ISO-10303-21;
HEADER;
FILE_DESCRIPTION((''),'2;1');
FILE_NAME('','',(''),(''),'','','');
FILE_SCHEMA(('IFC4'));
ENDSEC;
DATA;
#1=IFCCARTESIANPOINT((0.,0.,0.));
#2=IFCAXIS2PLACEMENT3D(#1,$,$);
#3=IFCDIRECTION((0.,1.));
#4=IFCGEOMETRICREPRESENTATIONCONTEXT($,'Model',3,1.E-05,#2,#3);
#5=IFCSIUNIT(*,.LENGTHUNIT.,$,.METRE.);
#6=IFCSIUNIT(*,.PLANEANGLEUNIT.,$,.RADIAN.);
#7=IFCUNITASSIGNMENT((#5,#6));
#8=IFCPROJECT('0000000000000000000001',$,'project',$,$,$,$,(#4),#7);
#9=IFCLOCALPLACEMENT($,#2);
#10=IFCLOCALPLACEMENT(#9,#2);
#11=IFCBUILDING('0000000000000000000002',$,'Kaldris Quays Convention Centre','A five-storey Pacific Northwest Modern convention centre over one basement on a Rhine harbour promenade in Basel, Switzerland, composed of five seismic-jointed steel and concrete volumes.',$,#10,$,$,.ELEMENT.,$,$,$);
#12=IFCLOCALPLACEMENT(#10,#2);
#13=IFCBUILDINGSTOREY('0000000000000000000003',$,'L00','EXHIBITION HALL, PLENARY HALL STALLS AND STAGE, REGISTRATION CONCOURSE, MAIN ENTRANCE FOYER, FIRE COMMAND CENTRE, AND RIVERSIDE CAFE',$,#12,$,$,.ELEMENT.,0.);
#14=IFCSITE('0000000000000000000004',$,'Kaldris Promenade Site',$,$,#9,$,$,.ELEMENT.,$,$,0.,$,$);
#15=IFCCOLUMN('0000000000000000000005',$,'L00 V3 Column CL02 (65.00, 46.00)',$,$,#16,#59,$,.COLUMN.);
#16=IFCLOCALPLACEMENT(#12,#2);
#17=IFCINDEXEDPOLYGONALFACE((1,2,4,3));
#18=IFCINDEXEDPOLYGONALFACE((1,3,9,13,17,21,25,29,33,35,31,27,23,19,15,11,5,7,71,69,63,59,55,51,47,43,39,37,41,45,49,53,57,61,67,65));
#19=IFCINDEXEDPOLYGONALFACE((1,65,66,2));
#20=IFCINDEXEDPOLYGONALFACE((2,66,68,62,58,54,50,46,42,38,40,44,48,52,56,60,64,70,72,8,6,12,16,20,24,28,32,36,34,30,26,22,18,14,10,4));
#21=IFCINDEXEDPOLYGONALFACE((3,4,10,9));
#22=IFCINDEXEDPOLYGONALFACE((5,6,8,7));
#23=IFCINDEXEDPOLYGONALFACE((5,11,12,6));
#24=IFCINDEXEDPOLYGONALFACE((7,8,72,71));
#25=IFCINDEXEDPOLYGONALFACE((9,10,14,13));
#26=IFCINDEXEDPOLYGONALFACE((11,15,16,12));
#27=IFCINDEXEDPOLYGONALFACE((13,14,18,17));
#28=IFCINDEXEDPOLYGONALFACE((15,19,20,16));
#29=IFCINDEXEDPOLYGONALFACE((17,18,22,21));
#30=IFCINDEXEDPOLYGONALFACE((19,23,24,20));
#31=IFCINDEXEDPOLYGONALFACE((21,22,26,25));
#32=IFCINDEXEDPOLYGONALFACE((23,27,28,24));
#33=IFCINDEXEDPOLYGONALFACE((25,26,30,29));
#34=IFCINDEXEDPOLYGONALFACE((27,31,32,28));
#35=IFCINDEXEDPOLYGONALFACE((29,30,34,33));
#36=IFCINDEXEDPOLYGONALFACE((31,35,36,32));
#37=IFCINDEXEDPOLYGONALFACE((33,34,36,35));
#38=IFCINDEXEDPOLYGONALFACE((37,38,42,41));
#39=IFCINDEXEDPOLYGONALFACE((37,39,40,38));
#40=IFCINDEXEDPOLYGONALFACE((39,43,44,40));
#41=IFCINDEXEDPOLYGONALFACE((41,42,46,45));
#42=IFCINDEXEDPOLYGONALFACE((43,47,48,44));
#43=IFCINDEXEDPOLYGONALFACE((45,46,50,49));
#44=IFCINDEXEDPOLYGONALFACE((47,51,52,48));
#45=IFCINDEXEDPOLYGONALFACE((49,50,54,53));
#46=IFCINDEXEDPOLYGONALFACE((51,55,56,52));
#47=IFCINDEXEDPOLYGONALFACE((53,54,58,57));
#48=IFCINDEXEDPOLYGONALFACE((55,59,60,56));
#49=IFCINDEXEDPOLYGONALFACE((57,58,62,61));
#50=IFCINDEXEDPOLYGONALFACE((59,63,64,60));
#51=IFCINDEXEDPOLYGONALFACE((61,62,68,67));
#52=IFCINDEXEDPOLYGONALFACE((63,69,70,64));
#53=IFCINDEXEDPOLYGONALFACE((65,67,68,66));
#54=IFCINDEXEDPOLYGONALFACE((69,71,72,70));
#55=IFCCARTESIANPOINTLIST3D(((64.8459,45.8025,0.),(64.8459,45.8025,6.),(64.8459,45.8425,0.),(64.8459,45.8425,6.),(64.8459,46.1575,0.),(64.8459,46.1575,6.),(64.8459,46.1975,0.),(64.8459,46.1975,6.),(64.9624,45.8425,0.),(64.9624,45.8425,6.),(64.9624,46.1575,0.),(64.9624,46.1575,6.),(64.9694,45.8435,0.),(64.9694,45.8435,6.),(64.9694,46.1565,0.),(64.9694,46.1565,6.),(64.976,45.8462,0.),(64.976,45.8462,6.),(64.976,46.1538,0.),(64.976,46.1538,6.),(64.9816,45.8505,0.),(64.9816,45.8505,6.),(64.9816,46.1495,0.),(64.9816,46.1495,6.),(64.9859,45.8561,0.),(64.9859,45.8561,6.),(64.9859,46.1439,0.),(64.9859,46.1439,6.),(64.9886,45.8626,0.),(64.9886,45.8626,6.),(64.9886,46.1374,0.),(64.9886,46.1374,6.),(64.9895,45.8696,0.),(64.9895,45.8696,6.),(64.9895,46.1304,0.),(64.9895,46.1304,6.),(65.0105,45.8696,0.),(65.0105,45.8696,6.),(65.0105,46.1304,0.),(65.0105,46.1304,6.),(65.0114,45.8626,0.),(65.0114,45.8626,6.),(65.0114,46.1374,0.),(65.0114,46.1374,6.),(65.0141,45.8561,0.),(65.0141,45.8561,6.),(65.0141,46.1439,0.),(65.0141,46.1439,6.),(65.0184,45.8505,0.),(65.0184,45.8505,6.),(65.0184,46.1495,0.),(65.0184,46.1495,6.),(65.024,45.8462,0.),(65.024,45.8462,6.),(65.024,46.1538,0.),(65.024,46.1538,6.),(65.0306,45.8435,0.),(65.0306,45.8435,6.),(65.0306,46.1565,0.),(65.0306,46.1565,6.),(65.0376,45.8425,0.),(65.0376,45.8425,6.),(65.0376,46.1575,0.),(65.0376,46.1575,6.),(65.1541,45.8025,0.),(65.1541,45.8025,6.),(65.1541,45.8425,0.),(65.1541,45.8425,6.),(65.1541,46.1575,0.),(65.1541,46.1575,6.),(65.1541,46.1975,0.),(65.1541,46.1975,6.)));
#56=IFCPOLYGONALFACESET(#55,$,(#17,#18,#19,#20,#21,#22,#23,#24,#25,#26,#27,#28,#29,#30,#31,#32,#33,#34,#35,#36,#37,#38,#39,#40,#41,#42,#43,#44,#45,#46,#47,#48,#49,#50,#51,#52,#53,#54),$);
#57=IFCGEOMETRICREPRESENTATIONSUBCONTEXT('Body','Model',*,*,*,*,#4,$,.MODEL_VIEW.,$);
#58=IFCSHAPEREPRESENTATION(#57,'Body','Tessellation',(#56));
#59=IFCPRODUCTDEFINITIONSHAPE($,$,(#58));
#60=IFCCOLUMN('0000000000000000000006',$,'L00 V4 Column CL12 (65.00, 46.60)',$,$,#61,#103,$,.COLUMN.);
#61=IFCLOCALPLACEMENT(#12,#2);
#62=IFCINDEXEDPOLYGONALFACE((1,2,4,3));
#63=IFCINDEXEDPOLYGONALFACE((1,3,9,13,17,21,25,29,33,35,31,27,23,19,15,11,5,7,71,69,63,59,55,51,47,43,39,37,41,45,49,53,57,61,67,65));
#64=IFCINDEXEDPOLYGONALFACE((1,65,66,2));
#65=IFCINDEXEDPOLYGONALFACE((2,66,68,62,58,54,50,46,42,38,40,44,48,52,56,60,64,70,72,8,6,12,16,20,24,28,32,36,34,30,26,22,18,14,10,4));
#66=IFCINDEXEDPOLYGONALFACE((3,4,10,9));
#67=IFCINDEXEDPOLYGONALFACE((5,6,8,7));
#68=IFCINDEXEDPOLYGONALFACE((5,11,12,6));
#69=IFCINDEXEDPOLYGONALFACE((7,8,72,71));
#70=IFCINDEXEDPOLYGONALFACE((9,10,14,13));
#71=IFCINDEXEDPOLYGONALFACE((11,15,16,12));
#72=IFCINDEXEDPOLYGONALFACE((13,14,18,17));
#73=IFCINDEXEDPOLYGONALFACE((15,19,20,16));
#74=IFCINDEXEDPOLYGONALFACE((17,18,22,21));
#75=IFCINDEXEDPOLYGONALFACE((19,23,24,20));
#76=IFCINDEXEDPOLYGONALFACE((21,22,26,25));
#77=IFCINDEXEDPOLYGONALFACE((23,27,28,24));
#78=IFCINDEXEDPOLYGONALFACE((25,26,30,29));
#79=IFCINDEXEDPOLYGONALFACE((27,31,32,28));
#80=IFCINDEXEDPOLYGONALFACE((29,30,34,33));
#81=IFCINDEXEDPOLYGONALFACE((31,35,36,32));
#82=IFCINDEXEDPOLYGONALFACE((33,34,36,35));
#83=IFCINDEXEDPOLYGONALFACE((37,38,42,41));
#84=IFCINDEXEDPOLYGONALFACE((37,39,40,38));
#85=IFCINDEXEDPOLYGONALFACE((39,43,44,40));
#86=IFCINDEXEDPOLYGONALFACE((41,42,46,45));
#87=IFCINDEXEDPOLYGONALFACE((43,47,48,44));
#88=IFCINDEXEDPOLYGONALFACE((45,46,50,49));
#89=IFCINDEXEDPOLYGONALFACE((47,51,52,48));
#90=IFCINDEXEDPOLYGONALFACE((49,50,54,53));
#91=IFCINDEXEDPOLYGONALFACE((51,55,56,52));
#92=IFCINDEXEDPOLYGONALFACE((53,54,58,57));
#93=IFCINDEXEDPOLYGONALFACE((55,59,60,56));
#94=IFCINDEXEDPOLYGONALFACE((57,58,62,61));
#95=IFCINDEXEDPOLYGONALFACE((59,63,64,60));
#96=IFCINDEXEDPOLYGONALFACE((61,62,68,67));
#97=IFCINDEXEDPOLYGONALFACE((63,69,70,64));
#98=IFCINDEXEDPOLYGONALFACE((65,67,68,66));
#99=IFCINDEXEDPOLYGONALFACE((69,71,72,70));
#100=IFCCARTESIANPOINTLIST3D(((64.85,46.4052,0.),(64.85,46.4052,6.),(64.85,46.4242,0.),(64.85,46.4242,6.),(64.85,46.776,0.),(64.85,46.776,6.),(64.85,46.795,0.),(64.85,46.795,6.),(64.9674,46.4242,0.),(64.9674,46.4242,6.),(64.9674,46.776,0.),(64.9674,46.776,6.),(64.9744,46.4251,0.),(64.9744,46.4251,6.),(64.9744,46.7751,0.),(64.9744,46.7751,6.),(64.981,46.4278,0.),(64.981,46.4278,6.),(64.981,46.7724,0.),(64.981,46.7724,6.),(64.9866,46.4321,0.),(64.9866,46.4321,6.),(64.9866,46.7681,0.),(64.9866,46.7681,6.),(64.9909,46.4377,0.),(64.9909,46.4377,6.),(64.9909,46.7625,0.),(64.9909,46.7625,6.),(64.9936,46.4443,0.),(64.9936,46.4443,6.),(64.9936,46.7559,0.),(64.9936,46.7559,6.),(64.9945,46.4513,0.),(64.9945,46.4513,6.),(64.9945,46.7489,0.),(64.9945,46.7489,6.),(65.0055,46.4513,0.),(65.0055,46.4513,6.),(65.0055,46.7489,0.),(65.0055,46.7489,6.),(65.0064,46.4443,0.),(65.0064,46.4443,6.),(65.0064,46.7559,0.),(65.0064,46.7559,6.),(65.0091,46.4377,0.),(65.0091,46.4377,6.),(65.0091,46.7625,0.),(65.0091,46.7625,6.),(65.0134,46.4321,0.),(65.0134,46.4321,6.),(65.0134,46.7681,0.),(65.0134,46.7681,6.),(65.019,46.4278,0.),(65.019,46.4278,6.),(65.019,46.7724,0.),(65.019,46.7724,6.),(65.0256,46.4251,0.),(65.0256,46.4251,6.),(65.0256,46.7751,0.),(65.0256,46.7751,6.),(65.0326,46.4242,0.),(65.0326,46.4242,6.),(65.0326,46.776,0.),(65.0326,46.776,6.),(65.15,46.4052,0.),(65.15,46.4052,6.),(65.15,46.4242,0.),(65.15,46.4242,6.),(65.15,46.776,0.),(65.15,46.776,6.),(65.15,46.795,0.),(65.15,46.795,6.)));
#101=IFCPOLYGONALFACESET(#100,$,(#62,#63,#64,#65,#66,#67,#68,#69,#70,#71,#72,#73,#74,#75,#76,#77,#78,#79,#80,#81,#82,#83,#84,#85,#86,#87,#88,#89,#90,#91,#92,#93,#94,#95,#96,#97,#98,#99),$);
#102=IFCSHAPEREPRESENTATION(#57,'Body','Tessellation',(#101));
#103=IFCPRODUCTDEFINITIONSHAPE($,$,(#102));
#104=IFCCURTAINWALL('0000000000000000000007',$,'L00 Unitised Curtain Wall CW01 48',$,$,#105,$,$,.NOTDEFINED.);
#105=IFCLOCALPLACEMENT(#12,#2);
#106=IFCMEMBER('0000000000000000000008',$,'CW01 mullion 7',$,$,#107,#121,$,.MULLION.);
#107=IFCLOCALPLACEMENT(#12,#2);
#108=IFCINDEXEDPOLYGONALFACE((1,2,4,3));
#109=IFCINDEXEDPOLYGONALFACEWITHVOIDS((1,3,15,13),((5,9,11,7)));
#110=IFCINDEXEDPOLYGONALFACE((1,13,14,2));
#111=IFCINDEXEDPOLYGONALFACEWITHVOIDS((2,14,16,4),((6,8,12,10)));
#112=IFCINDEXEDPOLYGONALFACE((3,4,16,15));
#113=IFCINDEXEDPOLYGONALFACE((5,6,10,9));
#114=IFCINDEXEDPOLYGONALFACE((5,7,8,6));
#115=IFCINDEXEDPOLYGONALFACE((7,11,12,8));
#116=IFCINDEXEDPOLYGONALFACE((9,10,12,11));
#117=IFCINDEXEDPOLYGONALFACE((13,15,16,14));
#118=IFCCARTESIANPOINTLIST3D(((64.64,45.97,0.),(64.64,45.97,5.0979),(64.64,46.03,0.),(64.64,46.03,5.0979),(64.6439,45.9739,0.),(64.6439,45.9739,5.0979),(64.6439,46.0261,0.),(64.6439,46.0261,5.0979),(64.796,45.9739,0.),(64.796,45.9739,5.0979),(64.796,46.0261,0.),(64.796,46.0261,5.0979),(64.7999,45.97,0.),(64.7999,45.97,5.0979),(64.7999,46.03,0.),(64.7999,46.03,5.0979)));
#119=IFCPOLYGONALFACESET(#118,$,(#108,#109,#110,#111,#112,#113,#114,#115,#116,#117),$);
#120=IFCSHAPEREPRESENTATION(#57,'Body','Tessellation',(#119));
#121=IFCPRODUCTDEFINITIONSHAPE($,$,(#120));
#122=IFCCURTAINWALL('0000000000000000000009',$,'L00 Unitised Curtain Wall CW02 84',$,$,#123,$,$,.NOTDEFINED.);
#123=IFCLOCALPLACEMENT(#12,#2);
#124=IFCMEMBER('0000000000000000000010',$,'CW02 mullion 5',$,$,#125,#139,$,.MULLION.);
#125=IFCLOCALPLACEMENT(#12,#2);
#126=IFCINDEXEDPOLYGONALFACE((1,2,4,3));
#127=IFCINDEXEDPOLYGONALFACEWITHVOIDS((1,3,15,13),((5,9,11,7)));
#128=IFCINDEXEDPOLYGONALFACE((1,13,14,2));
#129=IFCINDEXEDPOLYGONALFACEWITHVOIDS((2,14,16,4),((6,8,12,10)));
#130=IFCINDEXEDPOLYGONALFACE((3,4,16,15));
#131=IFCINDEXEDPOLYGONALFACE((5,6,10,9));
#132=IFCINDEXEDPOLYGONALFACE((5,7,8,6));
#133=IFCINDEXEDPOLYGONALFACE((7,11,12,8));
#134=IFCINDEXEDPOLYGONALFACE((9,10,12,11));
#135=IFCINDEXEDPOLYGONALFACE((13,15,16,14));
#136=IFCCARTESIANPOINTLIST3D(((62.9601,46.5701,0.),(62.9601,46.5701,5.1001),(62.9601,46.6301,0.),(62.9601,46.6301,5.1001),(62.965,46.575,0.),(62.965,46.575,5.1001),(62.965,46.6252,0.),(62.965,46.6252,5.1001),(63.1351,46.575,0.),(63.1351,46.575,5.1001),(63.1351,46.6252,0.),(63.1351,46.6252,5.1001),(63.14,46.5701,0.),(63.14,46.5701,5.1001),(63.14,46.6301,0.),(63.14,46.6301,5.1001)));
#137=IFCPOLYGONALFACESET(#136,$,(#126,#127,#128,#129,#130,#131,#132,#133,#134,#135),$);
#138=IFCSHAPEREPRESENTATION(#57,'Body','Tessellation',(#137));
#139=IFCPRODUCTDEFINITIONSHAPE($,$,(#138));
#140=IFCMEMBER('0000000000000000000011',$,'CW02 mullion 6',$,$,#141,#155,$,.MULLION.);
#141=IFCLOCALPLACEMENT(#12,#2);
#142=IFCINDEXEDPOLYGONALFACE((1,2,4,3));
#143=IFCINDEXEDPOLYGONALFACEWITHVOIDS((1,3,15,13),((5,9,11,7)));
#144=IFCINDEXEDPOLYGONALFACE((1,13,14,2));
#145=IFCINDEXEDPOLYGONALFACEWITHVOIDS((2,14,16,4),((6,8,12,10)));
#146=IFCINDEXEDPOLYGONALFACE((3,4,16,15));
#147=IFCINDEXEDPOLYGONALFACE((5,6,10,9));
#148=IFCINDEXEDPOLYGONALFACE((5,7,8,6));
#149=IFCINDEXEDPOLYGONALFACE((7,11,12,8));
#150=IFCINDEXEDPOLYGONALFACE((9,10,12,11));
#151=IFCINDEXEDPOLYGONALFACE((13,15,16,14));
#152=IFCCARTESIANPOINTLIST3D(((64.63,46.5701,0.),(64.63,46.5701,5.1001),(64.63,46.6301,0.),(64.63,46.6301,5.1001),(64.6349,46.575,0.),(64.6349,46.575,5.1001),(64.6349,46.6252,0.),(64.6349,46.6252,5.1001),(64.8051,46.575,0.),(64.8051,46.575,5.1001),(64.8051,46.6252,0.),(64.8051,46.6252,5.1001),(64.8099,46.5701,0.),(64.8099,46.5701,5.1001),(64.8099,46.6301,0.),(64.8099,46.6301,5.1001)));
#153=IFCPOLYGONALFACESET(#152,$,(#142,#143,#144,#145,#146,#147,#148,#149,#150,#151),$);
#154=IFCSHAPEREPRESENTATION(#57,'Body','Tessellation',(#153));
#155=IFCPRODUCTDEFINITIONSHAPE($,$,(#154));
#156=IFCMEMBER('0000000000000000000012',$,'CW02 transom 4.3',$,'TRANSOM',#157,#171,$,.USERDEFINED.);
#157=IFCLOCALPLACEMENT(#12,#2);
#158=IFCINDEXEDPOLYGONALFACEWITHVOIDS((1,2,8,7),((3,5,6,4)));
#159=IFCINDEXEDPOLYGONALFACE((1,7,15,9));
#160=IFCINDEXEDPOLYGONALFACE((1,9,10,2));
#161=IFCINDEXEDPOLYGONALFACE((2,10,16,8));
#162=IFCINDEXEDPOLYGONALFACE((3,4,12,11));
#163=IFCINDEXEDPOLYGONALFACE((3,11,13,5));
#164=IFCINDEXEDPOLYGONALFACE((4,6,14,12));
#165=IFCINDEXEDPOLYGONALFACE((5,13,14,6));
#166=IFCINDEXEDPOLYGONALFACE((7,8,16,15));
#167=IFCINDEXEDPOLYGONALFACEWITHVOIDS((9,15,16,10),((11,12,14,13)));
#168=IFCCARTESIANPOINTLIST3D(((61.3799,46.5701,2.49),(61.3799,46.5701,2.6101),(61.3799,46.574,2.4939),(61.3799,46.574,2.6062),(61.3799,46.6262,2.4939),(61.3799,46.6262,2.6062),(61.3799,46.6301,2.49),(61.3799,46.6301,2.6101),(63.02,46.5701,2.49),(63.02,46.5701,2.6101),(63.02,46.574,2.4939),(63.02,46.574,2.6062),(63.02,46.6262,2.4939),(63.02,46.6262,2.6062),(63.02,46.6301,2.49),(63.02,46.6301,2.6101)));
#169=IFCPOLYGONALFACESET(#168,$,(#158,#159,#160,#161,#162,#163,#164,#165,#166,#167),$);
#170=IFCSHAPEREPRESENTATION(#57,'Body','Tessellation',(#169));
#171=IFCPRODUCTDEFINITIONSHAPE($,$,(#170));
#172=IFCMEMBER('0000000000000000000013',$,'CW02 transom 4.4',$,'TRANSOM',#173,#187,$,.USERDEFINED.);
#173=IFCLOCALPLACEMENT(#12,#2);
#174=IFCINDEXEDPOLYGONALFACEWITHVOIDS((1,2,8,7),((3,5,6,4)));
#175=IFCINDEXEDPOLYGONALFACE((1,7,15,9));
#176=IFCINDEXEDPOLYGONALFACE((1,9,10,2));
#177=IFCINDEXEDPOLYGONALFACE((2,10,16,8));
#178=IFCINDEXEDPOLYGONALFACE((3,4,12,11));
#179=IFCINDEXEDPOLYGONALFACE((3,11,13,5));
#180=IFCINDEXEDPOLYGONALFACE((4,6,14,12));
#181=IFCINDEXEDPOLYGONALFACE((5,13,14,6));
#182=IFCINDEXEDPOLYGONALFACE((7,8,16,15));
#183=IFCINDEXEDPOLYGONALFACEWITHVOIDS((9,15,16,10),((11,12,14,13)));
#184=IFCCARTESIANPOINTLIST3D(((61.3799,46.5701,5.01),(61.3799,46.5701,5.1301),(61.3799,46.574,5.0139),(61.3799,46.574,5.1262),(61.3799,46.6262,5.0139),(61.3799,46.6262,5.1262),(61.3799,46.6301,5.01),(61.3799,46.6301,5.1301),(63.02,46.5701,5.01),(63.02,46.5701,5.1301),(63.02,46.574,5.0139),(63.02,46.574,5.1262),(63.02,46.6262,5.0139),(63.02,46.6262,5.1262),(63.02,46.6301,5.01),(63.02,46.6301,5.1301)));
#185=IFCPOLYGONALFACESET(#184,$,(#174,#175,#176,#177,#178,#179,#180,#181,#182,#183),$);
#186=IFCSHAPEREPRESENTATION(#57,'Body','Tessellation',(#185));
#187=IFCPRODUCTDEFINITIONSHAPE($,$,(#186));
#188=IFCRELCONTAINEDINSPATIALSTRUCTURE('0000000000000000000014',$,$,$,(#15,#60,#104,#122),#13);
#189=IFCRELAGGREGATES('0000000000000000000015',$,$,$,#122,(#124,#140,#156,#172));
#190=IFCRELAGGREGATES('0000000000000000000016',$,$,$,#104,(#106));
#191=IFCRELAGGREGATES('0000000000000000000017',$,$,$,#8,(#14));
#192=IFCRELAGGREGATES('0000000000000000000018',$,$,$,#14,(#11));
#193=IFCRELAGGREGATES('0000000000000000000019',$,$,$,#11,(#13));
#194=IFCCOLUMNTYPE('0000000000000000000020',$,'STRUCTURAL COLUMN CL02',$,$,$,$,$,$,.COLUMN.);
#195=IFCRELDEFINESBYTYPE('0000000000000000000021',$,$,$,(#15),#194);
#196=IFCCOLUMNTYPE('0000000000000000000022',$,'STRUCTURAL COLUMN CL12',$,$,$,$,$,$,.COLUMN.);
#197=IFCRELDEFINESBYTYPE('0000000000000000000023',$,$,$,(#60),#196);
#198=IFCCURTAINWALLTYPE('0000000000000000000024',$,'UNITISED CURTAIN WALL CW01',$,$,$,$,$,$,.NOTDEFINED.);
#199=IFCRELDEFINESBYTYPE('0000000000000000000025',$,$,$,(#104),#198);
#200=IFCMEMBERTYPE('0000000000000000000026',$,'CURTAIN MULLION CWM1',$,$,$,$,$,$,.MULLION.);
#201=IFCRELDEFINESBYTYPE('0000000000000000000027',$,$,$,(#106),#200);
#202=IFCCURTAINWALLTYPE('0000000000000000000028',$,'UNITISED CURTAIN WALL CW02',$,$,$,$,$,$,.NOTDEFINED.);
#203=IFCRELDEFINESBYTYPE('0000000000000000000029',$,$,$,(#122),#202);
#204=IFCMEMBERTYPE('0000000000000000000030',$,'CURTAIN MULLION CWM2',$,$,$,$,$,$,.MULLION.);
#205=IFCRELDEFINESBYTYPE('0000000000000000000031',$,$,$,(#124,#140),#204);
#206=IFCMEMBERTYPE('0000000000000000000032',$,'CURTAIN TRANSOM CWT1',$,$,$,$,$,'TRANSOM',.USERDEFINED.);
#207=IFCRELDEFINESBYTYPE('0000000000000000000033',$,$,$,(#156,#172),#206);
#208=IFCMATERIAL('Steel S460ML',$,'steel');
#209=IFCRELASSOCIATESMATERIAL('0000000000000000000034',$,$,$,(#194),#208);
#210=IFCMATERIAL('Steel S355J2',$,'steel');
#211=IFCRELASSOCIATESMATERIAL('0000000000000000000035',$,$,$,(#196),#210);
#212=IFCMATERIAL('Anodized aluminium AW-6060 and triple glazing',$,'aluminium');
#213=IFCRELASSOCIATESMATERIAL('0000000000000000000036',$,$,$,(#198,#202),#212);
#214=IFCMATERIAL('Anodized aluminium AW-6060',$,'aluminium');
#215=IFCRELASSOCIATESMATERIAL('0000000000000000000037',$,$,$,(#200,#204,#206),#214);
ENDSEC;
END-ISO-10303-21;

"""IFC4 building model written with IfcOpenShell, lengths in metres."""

from ifc_helpers import new_model, si_unit, direction, frame, origin, origin_2d, place, context, subcontext, project, spatial, hollow_rectangle, i_section, extrude, material, material_profile, profile_set, type_object, element, aggregate, save


model = new_model("IFC4")

# Units and contexts
model_context = context("Model", 3, precision=1e-05, world=origin(), true_north=direction((0.0, 1.0)))
body_context = subcontext(model_context, "Body", "Model", "MODEL_VIEW")
ifc_project = project(units=[si_unit("LENGTHUNIT", "METRE"), si_unit("PLANEANGLEUNIT", "RADIAN")], contexts=[model_context])

# Site, building, storey
site_placement = place(None, origin())
site = spatial("IfcSite", under=ifc_project, at=site_placement, Name="Kaldris Promenade Site", CompositionType="ELEMENT", RefElevation=0.0)
building_placement = place(site_placement, origin())
building = spatial("IfcBuilding", under=site, at=building_placement, Name="Kaldris Quays Convention Centre", Description="A five-storey Pacific Northwest Modern convention centre over one basement on a Rhine harbour promenade in Basel, Switzerland, composed of five seismic-jointed steel and concrete volumes.", CompositionType="ELEMENT")
storey_placement = place(building_placement, origin())
storey = spatial("IfcBuildingStorey", under=building, at=storey_placement, Name="L00", Description="EXHIBITION HALL, PLENARY HALL STALLS AND STAGE, REGISTRATION CONCOURSE, MAIN ENTRANCE FOYER, FIRE COMMAND CENTRE, AND RIVERSIDE CAFE", CompositionType="ELEMENT", Elevation=0.0)

# Columns
ifc_material_1 = material(Name="Steel S460ML", Category="steel")
ifc_material_profile_1 = material_profile(ifc_material_1, i_section(OverallWidth=0.3081, OverallDepth=0.395, WebThickness=0.021, FlangeThickness=0.04, FilletRadius=0.0271, at=origin_2d()), Name="HEM 360")
ifc_profile_set_1 = profile_set([ifc_material_profile_1], Name="Steel S460ML")
column_type_1 = type_object("IfcColumnType", Name="STRUCTURAL COLUMN CL02", PredefinedType="COLUMN", material=ifc_profile_set_1)
column_1_placement = place(storey_placement, frame((65.0, 46.0, 0.0), z_axis=(0.0, 0.0, 1.0), x_axis=(1.0, 0.0, 0.0)))
element("IfcColumn", 1, at=column_1_placement, inside=storey, type_object=column_type_1, Name="L00 V3 Column CL02 (65.00, 46.00)", PredefinedType="COLUMN", context=body_context, shape_type="SweptSolid", body=[
    extrude(i_section(OverallWidth=0.3081, OverallDepth=0.395, WebThickness=0.021, FlangeThickness=0.04, FilletRadius=0.0271, at=origin_2d()), origin(), (0.0, 0.0, 1.0), 6.0),
])
ifc_material_2 = material(Name="Steel S355J2", Category="steel")
ifc_material_profile_2 = material_profile(ifc_material_2, i_section(OverallWidth=0.3, OverallDepth=0.3899, WebThickness=0.011, FlangeThickness=0.019, FilletRadius=0.0271, at=origin_2d()), Name="HEA 400")
ifc_profile_set_2 = profile_set([ifc_material_profile_2], Name="Steel S355J2")
column_type_2 = type_object("IfcColumnType", Name="STRUCTURAL COLUMN CL12", PredefinedType="COLUMN", material=ifc_profile_set_2)
column_2_placement = place(storey_placement, frame((65.0, 46.6001, 0.0), z_axis=(0.0, 0.0, 1.0), x_axis=(1.0, 0.0, 0.0)))
element("IfcColumn", 2, at=column_2_placement, inside=storey, type_object=column_type_2, Name="L00 V4 Column CL12 (65.00, 46.60)", PredefinedType="COLUMN", context=body_context, shape_type="SweptSolid", body=[
    extrude(i_section(OverallWidth=0.3, OverallDepth=0.3899, WebThickness=0.011, FlangeThickness=0.019, FilletRadius=0.0271, at=origin_2d()), origin(), (0.0, 0.0, 1.0), 6.0),
])

# Curtain wall, member
ifc_material_3 = material(Name="Anodized aluminium AW-6060 and triple glazing", Category="aluminium")
curtain_wall_type_1 = type_object("IfcCurtainWallType", Name="UNITISED CURTAIN WALL CW01", PredefinedType="NOTDEFINED", material=ifc_material_3)
curtain_wall_1_placement = place(storey_placement, origin())
curtain_wall_1 = element("IfcCurtainWall", 3, at=curtain_wall_1_placement, inside=storey, type_object=curtain_wall_type_1, Name="L00 Unitised Curtain Wall CW01 48", PredefinedType="NOTDEFINED")
ifc_material_4 = material(Name="Anodized aluminium AW-6060", Category="aluminium")
ifc_material_profile_3 = material_profile(ifc_material_4, hollow_rectangle(XDim=0.0601, YDim=0.1599, WallThickness=0.0039, at=origin_2d()), Name="RHS 160x60x4")
ifc_profile_set_3 = profile_set([ifc_material_profile_3], Name="Anodized aluminium AW-6060")
member_type_1 = type_object("IfcMemberType", Name="CURTAIN MULLION CWM1", PredefinedType="MULLION", material=ifc_profile_set_3)
member_1_placement = place(storey_placement, frame((64.72, 46.0, 0.0), z_axis=(0.0, 0.0, 1.0), x_axis=(0.0, 1.0, 0.0)))
member_1 = element("IfcMember", 4, at=member_1_placement, type_object=member_type_1, Name="CW01 mullion 7", PredefinedType="MULLION", context=body_context, shape_type="SweptSolid", body=[
    extrude(hollow_rectangle(XDim=0.0601, YDim=0.1599, WallThickness=0.0039, at=origin_2d()), origin(), (0.0, 0.0, 1.0), 5.0979),
])

# Curtain wall, members
curtain_wall_type_2 = type_object("IfcCurtainWallType", Name="UNITISED CURTAIN WALL CW02", PredefinedType="NOTDEFINED", material=ifc_material_3)
curtain_wall_2_placement = place(storey_placement, origin())
curtain_wall_2 = element("IfcCurtainWall", 5, at=curtain_wall_2_placement, inside=storey, type_object=curtain_wall_type_2, Name="L00 Unitised Curtain Wall CW02 84", PredefinedType="NOTDEFINED")
ifc_material_profile_4 = material_profile(ifc_material_4, hollow_rectangle(XDim=0.0601, YDim=0.1799, WallThickness=0.0049, at=origin_2d()), Name="RHS 180x60x5")
ifc_profile_set_4 = profile_set([ifc_material_profile_4], Name="Anodized aluminium AW-6060")
member_type_2 = type_object("IfcMemberType", Name="CURTAIN MULLION CWM2", PredefinedType="MULLION", material=ifc_profile_set_4)
member_2_placement = place(storey_placement, frame((63.05, 46.6001, 0.0), z_axis=(0.0, 0.0, 1.0), x_axis=(0.0, 1.0, 0.0)))
member_2 = element("IfcMember", 6, at=member_2_placement, type_object=member_type_2, Name="CW02 mullion 5", PredefinedType="MULLION", context=body_context, shape_type="SweptSolid", body=[
    extrude(hollow_rectangle(XDim=0.0601, YDim=0.1799, WallThickness=0.0049, at=origin_2d()), origin(), (0.0, 0.0, 1.0), 5.1001),
])
member_3_placement = place(storey_placement, frame((64.72, 46.6001, 0.0), z_axis=(0.0, 0.0, 1.0), x_axis=(0.0, 1.0, 0.0)))
member_3 = element("IfcMember", 7, at=member_3_placement, type_object=member_type_2, Name="CW02 mullion 6", PredefinedType="MULLION", context=body_context, shape_type="SweptSolid", body=[
    extrude(hollow_rectangle(XDim=0.0601, YDim=0.1799, WallThickness=0.0049, at=origin_2d()), origin(), (0.0, 0.0, 1.0), 5.1001),
])
ifc_material_profile_5 = material_profile(ifc_material_4, hollow_rectangle(XDim=0.0601, YDim=0.1201, WallThickness=0.0039, at=origin_2d()), Name="RHS 120x60x4")
ifc_profile_set_5 = profile_set([ifc_material_profile_5], Name="Anodized aluminium AW-6060")
member_type_3 = type_object("IfcMemberType", Name="CURTAIN TRANSOM CWT1", ElementType="TRANSOM", PredefinedType="USERDEFINED", material=ifc_profile_set_5)
member_4_placement = place(storey_placement, frame((61.3799, 46.6001, 2.55), z_axis=(1.0, 0.0, 0.0), x_axis=(0.0, 1.0, 0.0)))
member_4 = element("IfcMember", 8, at=member_4_placement, type_object=member_type_3, Name="CW02 transom 4.3", ObjectType="TRANSOM", PredefinedType="USERDEFINED", context=body_context, shape_type="SweptSolid", body=[
    extrude(hollow_rectangle(XDim=0.0601, YDim=0.1201, WallThickness=0.0039, at=origin_2d()), origin(), (0.0, 0.0, 1.0), 1.6401),
])
member_5_placement = place(storey_placement, frame((61.3799, 46.6001, 5.0701), z_axis=(1.0, 0.0, 0.0), x_axis=(0.0, 1.0, 0.0)))
member_5 = element("IfcMember", 9, at=member_5_placement, type_object=member_type_3, Name="CW02 transom 4.4", ObjectType="TRANSOM", PredefinedType="USERDEFINED", context=body_context, shape_type="SweptSolid", body=[
    extrude(hollow_rectangle(XDim=0.0601, YDim=0.1201, WallThickness=0.0039, at=origin_2d()), origin(), (0.0, 0.0, 1.0), 1.6401),
])

aggregate(curtain_wall_2, [member_2, member_3, member_4, member_5])
aggregate(curtain_wall_1, [member_1])

save(model, "model.ifc")
